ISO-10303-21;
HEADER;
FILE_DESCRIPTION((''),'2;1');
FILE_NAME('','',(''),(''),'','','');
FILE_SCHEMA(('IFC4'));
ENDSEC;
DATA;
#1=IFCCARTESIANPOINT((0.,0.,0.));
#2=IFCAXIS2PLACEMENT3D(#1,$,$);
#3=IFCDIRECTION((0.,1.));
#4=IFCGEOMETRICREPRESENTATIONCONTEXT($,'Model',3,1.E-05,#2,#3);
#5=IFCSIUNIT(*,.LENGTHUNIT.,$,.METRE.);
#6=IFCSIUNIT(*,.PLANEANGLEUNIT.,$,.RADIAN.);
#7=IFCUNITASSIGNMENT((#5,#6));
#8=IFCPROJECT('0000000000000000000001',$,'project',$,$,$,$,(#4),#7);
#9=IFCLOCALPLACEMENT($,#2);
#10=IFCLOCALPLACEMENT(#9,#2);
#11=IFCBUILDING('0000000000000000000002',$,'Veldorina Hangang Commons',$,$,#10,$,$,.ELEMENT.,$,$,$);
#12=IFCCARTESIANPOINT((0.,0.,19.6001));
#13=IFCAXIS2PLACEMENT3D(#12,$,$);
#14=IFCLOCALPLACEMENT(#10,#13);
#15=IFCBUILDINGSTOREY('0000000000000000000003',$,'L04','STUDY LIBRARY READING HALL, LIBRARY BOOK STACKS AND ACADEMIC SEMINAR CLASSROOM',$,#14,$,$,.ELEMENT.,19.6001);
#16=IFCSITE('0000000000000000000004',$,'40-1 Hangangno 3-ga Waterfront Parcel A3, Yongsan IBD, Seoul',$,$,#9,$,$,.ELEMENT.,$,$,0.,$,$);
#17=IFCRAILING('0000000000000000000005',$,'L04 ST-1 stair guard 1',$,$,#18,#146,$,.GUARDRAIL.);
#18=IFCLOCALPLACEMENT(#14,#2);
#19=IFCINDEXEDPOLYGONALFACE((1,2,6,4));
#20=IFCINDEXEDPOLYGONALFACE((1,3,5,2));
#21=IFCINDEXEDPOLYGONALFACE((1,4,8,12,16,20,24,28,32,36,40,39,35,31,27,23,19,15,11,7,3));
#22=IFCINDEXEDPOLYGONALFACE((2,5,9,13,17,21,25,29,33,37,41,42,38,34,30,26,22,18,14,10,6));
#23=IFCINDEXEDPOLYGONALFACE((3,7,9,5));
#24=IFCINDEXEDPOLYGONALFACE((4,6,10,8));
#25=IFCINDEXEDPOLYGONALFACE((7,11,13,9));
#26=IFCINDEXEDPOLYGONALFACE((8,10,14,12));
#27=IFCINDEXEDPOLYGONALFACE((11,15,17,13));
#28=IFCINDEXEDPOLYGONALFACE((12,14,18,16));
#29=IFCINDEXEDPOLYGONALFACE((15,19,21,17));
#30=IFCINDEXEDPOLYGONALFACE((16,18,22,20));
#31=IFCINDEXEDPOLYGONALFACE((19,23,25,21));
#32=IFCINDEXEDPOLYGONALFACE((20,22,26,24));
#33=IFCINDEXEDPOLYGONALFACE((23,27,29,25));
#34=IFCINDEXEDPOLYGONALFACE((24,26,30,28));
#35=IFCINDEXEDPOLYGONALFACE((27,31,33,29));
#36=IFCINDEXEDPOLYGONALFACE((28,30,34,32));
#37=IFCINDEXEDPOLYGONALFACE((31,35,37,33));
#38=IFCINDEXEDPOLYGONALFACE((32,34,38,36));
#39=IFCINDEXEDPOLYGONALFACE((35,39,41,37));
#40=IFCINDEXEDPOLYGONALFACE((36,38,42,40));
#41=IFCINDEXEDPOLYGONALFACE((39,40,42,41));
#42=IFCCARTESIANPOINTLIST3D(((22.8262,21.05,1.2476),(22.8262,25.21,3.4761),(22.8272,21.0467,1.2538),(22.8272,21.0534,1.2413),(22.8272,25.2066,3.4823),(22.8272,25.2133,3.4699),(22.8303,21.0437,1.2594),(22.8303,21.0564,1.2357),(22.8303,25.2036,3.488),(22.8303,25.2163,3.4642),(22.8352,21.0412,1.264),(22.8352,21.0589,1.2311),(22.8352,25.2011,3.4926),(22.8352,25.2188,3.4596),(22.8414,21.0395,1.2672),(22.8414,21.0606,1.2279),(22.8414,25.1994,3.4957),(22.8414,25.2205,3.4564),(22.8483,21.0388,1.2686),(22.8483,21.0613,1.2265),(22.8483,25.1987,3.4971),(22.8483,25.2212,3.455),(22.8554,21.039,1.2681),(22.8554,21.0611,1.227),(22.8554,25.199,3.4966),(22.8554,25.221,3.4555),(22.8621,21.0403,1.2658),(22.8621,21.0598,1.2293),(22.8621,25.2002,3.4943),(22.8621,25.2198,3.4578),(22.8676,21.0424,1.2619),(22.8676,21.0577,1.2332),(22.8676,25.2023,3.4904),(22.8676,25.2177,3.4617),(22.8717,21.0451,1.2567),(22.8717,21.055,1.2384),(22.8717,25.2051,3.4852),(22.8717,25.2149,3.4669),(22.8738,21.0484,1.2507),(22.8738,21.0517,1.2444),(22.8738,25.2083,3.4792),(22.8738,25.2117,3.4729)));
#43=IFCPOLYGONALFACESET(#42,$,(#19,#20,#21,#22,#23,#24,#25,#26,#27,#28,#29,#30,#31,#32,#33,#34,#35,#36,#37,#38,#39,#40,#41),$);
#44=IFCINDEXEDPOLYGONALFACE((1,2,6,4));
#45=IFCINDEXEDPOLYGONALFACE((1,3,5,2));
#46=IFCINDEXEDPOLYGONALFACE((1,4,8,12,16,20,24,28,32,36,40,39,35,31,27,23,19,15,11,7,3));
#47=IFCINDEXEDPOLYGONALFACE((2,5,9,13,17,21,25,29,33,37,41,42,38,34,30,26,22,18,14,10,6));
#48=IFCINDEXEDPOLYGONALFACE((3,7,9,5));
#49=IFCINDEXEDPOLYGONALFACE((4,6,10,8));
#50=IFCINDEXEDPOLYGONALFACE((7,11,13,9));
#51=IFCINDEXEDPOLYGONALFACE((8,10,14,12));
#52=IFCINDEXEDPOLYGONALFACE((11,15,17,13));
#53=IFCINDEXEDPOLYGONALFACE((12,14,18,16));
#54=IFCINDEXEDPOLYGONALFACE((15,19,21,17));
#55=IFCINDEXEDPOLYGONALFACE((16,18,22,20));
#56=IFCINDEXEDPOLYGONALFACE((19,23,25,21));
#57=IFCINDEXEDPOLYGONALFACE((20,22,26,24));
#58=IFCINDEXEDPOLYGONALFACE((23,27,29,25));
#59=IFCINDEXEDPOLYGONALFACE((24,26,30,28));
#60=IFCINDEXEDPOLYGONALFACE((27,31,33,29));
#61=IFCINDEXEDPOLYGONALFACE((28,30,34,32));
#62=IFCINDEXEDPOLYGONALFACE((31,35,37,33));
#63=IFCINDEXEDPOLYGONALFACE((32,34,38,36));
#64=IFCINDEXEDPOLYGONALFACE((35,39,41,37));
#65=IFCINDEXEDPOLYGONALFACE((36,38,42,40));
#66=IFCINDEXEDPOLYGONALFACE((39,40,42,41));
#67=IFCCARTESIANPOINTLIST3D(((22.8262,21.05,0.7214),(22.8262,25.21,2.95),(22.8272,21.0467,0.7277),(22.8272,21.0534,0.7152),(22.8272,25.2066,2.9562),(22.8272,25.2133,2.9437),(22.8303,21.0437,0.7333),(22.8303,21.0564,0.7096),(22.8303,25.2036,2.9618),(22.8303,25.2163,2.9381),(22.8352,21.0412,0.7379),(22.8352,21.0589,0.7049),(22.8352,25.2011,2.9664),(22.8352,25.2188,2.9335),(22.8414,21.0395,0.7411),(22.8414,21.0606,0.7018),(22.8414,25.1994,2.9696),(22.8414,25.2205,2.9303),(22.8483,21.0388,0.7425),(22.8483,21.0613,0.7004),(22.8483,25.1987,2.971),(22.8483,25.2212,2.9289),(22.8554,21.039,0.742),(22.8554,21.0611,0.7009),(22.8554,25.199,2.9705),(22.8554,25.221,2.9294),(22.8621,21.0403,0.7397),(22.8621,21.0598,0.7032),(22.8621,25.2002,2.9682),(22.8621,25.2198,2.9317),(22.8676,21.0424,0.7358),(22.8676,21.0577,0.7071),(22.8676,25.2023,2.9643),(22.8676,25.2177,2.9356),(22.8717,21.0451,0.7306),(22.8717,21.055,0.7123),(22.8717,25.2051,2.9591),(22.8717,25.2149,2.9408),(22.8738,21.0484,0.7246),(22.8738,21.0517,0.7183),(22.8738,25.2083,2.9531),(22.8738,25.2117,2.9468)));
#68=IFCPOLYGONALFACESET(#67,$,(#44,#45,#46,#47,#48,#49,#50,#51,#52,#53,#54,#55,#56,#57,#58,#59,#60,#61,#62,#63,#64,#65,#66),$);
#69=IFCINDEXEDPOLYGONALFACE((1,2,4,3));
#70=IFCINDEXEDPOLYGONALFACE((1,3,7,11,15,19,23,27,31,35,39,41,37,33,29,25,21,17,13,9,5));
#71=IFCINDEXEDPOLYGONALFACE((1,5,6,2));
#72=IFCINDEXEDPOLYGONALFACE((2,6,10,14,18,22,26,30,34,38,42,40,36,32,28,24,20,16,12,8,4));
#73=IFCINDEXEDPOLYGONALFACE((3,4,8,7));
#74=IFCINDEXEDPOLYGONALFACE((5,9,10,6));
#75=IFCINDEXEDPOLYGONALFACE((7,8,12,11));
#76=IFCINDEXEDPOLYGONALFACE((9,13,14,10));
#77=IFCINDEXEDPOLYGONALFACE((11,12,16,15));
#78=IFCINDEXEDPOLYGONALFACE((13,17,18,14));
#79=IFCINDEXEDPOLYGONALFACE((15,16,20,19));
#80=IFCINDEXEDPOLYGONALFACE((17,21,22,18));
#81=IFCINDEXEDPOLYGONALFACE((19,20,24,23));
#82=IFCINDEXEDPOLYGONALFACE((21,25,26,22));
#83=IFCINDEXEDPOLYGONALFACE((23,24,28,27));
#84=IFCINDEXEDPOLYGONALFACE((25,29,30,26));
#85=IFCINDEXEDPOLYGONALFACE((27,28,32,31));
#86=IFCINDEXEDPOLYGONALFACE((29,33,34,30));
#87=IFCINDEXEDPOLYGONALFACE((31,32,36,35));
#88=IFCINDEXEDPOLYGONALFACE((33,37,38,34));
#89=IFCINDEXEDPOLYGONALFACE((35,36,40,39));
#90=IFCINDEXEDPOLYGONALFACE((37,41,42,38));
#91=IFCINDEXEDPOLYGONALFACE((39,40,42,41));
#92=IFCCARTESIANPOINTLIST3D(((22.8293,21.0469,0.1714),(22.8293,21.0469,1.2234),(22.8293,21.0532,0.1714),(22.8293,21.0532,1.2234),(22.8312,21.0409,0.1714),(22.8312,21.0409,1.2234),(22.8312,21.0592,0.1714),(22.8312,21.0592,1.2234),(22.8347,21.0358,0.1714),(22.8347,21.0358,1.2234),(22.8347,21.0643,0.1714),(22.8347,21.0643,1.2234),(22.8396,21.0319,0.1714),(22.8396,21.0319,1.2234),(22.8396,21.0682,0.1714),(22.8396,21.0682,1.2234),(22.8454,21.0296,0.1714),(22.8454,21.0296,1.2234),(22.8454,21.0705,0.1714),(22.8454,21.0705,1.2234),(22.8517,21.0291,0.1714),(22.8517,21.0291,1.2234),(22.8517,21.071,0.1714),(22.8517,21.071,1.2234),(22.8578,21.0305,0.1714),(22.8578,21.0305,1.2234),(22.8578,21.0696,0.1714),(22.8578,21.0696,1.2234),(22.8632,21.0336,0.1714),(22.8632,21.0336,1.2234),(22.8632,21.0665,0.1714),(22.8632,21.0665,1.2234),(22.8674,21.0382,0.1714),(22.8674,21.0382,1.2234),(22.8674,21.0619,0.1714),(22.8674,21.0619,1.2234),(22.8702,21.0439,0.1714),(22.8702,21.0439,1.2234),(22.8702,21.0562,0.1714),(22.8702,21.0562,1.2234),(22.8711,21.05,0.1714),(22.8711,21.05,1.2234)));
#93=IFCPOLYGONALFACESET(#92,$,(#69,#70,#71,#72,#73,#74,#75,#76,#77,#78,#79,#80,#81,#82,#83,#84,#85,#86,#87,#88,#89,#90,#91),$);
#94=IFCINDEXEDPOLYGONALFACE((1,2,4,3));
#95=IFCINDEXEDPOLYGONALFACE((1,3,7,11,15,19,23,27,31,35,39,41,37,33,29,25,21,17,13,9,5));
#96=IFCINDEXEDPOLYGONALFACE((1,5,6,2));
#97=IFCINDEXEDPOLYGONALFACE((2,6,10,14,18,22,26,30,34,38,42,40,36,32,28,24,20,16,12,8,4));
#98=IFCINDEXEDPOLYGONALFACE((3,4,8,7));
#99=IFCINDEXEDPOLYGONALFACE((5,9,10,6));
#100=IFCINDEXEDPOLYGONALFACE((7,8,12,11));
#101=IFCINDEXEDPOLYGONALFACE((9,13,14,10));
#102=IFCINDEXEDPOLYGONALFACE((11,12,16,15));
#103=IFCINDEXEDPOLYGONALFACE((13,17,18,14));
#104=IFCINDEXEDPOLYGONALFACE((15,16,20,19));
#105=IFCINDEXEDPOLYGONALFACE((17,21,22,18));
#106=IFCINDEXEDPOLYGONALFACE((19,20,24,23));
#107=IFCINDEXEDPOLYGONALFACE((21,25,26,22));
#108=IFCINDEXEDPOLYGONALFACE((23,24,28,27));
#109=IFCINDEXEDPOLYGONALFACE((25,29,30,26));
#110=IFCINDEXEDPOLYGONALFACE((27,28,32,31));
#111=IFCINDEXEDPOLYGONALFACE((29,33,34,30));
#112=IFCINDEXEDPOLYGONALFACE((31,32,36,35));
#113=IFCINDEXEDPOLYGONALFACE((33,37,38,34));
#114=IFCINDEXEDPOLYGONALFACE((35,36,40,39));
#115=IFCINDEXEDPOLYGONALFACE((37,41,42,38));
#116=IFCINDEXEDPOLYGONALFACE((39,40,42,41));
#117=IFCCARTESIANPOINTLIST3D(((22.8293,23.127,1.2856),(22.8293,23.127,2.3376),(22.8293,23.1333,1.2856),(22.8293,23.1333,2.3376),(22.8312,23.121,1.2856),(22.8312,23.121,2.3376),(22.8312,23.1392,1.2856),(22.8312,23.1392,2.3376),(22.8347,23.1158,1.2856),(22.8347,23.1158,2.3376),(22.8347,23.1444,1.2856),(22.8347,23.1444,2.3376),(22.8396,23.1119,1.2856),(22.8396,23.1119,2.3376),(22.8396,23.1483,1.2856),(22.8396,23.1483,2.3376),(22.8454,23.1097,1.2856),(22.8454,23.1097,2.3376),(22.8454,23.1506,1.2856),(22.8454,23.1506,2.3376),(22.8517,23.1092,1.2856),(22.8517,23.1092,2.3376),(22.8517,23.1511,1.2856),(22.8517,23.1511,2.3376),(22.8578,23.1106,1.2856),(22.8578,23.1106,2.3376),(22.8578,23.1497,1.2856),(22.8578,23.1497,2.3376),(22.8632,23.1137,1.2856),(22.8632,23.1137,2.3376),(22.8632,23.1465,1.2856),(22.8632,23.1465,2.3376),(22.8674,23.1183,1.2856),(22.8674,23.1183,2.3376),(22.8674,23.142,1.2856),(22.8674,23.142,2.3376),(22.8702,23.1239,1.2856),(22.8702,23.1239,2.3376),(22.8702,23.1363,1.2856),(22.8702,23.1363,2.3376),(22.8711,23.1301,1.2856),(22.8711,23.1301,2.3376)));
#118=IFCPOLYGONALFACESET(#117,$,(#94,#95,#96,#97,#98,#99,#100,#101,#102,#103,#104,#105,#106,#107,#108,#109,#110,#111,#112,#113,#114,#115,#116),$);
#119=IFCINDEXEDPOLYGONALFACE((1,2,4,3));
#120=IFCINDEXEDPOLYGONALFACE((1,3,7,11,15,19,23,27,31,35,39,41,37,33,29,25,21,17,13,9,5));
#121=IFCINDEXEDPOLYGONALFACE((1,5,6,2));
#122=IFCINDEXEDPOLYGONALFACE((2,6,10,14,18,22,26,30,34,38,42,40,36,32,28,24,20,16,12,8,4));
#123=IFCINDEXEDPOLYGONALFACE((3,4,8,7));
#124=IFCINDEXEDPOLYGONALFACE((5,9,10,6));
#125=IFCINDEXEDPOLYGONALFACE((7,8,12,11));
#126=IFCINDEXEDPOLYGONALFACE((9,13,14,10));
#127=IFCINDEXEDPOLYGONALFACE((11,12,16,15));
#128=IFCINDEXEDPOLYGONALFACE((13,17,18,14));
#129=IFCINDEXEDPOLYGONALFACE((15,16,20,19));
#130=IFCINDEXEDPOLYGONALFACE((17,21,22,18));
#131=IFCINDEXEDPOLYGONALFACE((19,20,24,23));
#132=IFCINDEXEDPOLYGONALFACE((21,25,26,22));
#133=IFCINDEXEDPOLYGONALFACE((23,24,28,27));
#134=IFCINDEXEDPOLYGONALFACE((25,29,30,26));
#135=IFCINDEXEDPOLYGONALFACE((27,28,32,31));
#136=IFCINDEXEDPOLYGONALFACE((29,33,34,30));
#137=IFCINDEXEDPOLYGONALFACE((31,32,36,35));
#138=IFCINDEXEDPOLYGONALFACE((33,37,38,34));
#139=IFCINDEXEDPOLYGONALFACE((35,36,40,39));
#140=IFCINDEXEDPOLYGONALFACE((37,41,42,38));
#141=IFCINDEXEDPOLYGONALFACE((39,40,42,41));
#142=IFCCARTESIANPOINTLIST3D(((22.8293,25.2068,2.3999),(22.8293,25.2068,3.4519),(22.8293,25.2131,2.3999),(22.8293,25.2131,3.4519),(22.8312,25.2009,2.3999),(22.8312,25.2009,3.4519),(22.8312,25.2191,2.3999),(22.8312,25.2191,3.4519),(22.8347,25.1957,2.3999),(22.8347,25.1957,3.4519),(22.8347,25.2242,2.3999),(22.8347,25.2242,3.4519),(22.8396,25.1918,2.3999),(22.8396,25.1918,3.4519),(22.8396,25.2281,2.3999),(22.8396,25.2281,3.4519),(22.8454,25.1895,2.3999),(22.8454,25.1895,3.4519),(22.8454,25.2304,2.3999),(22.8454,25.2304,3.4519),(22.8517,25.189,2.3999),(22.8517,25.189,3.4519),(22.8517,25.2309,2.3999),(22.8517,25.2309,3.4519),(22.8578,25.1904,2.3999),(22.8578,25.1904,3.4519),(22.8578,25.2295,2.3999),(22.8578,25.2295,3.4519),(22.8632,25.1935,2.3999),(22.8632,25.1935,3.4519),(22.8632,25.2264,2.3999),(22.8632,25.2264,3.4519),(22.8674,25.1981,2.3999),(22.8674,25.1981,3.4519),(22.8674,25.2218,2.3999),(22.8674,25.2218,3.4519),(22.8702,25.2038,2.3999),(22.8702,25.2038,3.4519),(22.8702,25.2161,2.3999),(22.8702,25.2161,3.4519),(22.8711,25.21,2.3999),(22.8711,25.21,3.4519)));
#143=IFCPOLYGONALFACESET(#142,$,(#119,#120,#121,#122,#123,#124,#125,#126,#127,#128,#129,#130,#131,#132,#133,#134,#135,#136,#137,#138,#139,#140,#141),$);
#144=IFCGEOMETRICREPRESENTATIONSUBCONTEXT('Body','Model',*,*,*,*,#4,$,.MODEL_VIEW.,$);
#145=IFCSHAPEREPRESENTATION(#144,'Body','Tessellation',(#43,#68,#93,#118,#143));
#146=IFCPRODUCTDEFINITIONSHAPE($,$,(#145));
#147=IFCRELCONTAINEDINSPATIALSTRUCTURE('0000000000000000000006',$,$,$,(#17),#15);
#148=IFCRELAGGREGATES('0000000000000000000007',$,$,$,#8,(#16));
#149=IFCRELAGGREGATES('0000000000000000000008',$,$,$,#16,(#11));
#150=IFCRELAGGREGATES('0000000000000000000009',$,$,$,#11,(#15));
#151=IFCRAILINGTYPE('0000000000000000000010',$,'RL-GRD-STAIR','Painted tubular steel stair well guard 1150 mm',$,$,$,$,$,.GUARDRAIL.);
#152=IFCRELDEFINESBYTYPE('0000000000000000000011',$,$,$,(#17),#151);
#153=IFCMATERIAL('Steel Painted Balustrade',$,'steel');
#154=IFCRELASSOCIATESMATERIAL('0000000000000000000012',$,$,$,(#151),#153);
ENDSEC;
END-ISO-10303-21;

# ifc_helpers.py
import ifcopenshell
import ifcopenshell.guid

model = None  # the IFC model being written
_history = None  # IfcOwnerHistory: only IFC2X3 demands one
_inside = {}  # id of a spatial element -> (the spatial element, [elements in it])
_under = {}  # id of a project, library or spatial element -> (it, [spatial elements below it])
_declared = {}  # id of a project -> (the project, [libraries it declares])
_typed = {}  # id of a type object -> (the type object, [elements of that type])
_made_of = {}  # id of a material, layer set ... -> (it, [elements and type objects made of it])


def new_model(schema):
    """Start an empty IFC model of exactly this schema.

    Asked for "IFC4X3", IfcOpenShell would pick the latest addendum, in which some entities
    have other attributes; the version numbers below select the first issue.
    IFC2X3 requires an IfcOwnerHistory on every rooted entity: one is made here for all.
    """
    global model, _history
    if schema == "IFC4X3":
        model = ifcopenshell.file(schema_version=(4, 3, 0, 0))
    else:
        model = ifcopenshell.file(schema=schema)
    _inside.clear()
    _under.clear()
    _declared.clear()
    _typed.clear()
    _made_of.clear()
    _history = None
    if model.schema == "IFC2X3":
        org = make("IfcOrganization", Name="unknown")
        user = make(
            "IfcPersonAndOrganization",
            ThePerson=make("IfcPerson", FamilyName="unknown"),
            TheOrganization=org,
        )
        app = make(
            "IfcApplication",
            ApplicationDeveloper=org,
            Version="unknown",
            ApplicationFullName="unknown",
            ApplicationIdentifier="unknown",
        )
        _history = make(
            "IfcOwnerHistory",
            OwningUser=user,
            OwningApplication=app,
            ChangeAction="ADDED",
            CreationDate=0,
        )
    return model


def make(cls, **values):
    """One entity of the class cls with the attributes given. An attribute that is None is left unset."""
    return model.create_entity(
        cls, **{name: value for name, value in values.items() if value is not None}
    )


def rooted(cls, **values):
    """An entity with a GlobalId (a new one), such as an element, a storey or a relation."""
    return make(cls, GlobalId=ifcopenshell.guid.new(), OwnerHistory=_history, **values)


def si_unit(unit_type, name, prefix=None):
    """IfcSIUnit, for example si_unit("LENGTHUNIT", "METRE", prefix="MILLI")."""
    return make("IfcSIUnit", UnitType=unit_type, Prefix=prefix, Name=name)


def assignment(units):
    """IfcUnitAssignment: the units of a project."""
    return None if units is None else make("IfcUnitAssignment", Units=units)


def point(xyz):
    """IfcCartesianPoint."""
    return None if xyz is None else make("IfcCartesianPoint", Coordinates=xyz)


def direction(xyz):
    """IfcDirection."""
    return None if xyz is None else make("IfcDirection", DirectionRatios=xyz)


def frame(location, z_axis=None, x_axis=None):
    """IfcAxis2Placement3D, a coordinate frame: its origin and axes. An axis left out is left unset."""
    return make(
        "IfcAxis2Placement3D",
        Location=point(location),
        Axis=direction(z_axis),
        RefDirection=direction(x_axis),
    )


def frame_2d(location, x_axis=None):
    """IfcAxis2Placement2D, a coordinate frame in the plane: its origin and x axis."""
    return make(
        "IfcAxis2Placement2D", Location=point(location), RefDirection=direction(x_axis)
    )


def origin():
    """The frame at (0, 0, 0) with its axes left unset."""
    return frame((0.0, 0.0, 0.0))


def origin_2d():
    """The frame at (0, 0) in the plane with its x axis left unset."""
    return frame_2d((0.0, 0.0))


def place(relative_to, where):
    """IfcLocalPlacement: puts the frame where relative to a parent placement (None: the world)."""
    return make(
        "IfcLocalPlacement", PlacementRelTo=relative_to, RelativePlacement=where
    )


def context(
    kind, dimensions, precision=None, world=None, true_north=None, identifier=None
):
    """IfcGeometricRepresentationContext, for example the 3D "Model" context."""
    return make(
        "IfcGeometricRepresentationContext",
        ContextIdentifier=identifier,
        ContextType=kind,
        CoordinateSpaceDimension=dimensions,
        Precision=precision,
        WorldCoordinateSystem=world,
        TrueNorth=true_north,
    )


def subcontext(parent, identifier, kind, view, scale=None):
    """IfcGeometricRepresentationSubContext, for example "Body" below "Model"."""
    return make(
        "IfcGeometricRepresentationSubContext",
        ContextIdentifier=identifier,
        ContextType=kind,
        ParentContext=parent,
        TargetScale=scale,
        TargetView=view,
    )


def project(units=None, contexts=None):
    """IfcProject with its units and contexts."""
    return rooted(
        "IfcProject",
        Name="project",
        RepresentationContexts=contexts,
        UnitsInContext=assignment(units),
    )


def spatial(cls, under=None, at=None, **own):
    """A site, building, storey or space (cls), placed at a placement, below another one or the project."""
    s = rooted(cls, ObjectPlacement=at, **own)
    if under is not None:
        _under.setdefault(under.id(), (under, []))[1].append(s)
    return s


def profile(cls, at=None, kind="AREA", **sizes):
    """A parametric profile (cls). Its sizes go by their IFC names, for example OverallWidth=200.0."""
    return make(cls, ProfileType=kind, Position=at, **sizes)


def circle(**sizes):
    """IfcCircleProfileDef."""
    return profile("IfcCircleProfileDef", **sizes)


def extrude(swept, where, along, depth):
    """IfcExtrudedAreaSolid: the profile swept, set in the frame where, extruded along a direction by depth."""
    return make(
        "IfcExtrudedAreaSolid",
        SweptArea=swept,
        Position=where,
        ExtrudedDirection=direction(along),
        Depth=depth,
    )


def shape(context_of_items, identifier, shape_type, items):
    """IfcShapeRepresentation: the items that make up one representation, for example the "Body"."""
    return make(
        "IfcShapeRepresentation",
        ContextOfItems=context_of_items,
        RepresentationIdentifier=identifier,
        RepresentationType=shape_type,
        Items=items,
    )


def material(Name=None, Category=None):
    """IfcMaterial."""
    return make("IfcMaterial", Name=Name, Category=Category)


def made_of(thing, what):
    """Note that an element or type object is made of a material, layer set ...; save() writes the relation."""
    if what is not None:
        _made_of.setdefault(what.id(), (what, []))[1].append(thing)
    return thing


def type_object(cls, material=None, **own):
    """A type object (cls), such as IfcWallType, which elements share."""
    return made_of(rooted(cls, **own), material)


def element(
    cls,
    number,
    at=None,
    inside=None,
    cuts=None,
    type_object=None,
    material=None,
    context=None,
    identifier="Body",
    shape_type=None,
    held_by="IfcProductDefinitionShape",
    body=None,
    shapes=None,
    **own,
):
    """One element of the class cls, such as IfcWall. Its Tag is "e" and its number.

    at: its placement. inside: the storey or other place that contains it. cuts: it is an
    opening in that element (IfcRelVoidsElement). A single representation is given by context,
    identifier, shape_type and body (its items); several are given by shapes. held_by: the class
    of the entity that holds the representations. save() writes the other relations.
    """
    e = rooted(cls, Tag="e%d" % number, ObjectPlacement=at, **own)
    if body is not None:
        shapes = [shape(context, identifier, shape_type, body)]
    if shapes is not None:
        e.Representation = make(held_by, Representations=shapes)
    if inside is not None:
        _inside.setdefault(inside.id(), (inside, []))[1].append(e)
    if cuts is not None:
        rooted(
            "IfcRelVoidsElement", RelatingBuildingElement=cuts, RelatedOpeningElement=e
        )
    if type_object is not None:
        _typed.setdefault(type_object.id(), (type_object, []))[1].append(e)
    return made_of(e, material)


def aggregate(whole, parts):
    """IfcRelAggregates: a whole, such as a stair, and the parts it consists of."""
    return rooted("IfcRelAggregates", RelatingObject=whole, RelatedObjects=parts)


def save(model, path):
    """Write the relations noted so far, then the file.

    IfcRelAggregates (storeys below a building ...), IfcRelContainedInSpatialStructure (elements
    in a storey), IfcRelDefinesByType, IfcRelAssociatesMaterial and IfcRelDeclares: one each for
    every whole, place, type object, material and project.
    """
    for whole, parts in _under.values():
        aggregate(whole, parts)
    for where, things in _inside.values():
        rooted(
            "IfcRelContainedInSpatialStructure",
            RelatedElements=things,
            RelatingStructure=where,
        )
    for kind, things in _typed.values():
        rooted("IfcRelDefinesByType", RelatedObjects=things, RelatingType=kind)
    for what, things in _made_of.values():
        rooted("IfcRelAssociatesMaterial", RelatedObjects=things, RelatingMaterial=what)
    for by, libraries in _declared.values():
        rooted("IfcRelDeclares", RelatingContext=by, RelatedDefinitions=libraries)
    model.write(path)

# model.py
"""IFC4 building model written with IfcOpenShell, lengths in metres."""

from ifc_helpers import new_model, si_unit, direction, frame, origin, origin_2d, place, context, subcontext, project, spatial, circle, extrude, material, type_object, element, save


model = new_model("IFC4")

# Units and contexts
model_context = context("Model", 3, precision=1e-05, world=origin(), true_north=direction((0.0, 1.0)))
body_context = subcontext(model_context, "Body", "Model", "MODEL_VIEW")
ifc_project = project(units=[si_unit("LENGTHUNIT", "METRE"), si_unit("PLANEANGLEUNIT", "RADIAN")], contexts=[model_context])

# Site, building, storey
site_placement = place(None, origin())
site = spatial("IfcSite", under=ifc_project, at=site_placement, Name="40-1 Hangangno 3-ga Waterfront Parcel A3, Yongsan IBD, Seoul", CompositionType="ELEMENT", RefElevation=0.0)
building_placement = place(site_placement, origin())
building = spatial("IfcBuilding", under=site, at=building_placement, Name="Veldorina Hangang Commons", CompositionType="ELEMENT")
storey_placement = place(building_placement, frame((0.0, 0.0, 19.6001)))
storey = spatial("IfcBuildingStorey", under=building, at=storey_placement, Name="L04", Description="STUDY LIBRARY READING HALL, LIBRARY BOOK STACKS AND ACADEMIC SEMINAR CLASSROOM", CompositionType="ELEMENT", Elevation=19.6001)

# Railing
ifc_material_1 = material(Name="Steel Painted Balustrade", Category="steel")
railing_type_1 = type_object("IfcRailingType", Name="RL-GRD-STAIR", Description="Painted tubular steel stair well guard 1150 mm", PredefinedType="GUARDRAIL", material=ifc_material_1)
railing_1_placement = place(storey_placement, frame((22.8501, 21.05, 0.1714)))
element("IfcRailing", 1, at=railing_1_placement, inside=storey, type_object=railing_type_1, Name="L04 ST-1 stair guard 1", PredefinedType="GUARDRAIL", context=body_context, shape_type="SweptSolid", body=[
    extrude(circle(Radius=0.0239, at=origin_2d()), frame((0.0, 0.0, 1.0762), z_axis=(0.0, 0.881481, 0.47222), x_axis=(-1.0, 0.0, 0.0)), (0.0, 0.0, 1.0), 4.7192),
    extrude(circle(Radius=0.0239, at=origin_2d()), frame((0.0, 0.0, 0.55), z_axis=(0.0, 0.881481, 0.47222), x_axis=(-1.0, 0.0, 0.0)), (0.0, 0.0, 1.0), 4.7192),
    extrude(circle(Radius=0.021, at=origin_2d()), origin(), (0.0, 0.0, 1.0), 1.052),
    extrude(circle(Radius=0.021, at=origin_2d()), frame((0.0, 2.0801, 1.1143)), (0.0, 0.0, 1.0), 1.052),
    extrude(circle(Radius=0.021, at=origin_2d()), frame((0.0, 4.1599, 2.2285)), (0.0, 0.0, 1.0), 1.052),
])

save(model, "model.ifc")
